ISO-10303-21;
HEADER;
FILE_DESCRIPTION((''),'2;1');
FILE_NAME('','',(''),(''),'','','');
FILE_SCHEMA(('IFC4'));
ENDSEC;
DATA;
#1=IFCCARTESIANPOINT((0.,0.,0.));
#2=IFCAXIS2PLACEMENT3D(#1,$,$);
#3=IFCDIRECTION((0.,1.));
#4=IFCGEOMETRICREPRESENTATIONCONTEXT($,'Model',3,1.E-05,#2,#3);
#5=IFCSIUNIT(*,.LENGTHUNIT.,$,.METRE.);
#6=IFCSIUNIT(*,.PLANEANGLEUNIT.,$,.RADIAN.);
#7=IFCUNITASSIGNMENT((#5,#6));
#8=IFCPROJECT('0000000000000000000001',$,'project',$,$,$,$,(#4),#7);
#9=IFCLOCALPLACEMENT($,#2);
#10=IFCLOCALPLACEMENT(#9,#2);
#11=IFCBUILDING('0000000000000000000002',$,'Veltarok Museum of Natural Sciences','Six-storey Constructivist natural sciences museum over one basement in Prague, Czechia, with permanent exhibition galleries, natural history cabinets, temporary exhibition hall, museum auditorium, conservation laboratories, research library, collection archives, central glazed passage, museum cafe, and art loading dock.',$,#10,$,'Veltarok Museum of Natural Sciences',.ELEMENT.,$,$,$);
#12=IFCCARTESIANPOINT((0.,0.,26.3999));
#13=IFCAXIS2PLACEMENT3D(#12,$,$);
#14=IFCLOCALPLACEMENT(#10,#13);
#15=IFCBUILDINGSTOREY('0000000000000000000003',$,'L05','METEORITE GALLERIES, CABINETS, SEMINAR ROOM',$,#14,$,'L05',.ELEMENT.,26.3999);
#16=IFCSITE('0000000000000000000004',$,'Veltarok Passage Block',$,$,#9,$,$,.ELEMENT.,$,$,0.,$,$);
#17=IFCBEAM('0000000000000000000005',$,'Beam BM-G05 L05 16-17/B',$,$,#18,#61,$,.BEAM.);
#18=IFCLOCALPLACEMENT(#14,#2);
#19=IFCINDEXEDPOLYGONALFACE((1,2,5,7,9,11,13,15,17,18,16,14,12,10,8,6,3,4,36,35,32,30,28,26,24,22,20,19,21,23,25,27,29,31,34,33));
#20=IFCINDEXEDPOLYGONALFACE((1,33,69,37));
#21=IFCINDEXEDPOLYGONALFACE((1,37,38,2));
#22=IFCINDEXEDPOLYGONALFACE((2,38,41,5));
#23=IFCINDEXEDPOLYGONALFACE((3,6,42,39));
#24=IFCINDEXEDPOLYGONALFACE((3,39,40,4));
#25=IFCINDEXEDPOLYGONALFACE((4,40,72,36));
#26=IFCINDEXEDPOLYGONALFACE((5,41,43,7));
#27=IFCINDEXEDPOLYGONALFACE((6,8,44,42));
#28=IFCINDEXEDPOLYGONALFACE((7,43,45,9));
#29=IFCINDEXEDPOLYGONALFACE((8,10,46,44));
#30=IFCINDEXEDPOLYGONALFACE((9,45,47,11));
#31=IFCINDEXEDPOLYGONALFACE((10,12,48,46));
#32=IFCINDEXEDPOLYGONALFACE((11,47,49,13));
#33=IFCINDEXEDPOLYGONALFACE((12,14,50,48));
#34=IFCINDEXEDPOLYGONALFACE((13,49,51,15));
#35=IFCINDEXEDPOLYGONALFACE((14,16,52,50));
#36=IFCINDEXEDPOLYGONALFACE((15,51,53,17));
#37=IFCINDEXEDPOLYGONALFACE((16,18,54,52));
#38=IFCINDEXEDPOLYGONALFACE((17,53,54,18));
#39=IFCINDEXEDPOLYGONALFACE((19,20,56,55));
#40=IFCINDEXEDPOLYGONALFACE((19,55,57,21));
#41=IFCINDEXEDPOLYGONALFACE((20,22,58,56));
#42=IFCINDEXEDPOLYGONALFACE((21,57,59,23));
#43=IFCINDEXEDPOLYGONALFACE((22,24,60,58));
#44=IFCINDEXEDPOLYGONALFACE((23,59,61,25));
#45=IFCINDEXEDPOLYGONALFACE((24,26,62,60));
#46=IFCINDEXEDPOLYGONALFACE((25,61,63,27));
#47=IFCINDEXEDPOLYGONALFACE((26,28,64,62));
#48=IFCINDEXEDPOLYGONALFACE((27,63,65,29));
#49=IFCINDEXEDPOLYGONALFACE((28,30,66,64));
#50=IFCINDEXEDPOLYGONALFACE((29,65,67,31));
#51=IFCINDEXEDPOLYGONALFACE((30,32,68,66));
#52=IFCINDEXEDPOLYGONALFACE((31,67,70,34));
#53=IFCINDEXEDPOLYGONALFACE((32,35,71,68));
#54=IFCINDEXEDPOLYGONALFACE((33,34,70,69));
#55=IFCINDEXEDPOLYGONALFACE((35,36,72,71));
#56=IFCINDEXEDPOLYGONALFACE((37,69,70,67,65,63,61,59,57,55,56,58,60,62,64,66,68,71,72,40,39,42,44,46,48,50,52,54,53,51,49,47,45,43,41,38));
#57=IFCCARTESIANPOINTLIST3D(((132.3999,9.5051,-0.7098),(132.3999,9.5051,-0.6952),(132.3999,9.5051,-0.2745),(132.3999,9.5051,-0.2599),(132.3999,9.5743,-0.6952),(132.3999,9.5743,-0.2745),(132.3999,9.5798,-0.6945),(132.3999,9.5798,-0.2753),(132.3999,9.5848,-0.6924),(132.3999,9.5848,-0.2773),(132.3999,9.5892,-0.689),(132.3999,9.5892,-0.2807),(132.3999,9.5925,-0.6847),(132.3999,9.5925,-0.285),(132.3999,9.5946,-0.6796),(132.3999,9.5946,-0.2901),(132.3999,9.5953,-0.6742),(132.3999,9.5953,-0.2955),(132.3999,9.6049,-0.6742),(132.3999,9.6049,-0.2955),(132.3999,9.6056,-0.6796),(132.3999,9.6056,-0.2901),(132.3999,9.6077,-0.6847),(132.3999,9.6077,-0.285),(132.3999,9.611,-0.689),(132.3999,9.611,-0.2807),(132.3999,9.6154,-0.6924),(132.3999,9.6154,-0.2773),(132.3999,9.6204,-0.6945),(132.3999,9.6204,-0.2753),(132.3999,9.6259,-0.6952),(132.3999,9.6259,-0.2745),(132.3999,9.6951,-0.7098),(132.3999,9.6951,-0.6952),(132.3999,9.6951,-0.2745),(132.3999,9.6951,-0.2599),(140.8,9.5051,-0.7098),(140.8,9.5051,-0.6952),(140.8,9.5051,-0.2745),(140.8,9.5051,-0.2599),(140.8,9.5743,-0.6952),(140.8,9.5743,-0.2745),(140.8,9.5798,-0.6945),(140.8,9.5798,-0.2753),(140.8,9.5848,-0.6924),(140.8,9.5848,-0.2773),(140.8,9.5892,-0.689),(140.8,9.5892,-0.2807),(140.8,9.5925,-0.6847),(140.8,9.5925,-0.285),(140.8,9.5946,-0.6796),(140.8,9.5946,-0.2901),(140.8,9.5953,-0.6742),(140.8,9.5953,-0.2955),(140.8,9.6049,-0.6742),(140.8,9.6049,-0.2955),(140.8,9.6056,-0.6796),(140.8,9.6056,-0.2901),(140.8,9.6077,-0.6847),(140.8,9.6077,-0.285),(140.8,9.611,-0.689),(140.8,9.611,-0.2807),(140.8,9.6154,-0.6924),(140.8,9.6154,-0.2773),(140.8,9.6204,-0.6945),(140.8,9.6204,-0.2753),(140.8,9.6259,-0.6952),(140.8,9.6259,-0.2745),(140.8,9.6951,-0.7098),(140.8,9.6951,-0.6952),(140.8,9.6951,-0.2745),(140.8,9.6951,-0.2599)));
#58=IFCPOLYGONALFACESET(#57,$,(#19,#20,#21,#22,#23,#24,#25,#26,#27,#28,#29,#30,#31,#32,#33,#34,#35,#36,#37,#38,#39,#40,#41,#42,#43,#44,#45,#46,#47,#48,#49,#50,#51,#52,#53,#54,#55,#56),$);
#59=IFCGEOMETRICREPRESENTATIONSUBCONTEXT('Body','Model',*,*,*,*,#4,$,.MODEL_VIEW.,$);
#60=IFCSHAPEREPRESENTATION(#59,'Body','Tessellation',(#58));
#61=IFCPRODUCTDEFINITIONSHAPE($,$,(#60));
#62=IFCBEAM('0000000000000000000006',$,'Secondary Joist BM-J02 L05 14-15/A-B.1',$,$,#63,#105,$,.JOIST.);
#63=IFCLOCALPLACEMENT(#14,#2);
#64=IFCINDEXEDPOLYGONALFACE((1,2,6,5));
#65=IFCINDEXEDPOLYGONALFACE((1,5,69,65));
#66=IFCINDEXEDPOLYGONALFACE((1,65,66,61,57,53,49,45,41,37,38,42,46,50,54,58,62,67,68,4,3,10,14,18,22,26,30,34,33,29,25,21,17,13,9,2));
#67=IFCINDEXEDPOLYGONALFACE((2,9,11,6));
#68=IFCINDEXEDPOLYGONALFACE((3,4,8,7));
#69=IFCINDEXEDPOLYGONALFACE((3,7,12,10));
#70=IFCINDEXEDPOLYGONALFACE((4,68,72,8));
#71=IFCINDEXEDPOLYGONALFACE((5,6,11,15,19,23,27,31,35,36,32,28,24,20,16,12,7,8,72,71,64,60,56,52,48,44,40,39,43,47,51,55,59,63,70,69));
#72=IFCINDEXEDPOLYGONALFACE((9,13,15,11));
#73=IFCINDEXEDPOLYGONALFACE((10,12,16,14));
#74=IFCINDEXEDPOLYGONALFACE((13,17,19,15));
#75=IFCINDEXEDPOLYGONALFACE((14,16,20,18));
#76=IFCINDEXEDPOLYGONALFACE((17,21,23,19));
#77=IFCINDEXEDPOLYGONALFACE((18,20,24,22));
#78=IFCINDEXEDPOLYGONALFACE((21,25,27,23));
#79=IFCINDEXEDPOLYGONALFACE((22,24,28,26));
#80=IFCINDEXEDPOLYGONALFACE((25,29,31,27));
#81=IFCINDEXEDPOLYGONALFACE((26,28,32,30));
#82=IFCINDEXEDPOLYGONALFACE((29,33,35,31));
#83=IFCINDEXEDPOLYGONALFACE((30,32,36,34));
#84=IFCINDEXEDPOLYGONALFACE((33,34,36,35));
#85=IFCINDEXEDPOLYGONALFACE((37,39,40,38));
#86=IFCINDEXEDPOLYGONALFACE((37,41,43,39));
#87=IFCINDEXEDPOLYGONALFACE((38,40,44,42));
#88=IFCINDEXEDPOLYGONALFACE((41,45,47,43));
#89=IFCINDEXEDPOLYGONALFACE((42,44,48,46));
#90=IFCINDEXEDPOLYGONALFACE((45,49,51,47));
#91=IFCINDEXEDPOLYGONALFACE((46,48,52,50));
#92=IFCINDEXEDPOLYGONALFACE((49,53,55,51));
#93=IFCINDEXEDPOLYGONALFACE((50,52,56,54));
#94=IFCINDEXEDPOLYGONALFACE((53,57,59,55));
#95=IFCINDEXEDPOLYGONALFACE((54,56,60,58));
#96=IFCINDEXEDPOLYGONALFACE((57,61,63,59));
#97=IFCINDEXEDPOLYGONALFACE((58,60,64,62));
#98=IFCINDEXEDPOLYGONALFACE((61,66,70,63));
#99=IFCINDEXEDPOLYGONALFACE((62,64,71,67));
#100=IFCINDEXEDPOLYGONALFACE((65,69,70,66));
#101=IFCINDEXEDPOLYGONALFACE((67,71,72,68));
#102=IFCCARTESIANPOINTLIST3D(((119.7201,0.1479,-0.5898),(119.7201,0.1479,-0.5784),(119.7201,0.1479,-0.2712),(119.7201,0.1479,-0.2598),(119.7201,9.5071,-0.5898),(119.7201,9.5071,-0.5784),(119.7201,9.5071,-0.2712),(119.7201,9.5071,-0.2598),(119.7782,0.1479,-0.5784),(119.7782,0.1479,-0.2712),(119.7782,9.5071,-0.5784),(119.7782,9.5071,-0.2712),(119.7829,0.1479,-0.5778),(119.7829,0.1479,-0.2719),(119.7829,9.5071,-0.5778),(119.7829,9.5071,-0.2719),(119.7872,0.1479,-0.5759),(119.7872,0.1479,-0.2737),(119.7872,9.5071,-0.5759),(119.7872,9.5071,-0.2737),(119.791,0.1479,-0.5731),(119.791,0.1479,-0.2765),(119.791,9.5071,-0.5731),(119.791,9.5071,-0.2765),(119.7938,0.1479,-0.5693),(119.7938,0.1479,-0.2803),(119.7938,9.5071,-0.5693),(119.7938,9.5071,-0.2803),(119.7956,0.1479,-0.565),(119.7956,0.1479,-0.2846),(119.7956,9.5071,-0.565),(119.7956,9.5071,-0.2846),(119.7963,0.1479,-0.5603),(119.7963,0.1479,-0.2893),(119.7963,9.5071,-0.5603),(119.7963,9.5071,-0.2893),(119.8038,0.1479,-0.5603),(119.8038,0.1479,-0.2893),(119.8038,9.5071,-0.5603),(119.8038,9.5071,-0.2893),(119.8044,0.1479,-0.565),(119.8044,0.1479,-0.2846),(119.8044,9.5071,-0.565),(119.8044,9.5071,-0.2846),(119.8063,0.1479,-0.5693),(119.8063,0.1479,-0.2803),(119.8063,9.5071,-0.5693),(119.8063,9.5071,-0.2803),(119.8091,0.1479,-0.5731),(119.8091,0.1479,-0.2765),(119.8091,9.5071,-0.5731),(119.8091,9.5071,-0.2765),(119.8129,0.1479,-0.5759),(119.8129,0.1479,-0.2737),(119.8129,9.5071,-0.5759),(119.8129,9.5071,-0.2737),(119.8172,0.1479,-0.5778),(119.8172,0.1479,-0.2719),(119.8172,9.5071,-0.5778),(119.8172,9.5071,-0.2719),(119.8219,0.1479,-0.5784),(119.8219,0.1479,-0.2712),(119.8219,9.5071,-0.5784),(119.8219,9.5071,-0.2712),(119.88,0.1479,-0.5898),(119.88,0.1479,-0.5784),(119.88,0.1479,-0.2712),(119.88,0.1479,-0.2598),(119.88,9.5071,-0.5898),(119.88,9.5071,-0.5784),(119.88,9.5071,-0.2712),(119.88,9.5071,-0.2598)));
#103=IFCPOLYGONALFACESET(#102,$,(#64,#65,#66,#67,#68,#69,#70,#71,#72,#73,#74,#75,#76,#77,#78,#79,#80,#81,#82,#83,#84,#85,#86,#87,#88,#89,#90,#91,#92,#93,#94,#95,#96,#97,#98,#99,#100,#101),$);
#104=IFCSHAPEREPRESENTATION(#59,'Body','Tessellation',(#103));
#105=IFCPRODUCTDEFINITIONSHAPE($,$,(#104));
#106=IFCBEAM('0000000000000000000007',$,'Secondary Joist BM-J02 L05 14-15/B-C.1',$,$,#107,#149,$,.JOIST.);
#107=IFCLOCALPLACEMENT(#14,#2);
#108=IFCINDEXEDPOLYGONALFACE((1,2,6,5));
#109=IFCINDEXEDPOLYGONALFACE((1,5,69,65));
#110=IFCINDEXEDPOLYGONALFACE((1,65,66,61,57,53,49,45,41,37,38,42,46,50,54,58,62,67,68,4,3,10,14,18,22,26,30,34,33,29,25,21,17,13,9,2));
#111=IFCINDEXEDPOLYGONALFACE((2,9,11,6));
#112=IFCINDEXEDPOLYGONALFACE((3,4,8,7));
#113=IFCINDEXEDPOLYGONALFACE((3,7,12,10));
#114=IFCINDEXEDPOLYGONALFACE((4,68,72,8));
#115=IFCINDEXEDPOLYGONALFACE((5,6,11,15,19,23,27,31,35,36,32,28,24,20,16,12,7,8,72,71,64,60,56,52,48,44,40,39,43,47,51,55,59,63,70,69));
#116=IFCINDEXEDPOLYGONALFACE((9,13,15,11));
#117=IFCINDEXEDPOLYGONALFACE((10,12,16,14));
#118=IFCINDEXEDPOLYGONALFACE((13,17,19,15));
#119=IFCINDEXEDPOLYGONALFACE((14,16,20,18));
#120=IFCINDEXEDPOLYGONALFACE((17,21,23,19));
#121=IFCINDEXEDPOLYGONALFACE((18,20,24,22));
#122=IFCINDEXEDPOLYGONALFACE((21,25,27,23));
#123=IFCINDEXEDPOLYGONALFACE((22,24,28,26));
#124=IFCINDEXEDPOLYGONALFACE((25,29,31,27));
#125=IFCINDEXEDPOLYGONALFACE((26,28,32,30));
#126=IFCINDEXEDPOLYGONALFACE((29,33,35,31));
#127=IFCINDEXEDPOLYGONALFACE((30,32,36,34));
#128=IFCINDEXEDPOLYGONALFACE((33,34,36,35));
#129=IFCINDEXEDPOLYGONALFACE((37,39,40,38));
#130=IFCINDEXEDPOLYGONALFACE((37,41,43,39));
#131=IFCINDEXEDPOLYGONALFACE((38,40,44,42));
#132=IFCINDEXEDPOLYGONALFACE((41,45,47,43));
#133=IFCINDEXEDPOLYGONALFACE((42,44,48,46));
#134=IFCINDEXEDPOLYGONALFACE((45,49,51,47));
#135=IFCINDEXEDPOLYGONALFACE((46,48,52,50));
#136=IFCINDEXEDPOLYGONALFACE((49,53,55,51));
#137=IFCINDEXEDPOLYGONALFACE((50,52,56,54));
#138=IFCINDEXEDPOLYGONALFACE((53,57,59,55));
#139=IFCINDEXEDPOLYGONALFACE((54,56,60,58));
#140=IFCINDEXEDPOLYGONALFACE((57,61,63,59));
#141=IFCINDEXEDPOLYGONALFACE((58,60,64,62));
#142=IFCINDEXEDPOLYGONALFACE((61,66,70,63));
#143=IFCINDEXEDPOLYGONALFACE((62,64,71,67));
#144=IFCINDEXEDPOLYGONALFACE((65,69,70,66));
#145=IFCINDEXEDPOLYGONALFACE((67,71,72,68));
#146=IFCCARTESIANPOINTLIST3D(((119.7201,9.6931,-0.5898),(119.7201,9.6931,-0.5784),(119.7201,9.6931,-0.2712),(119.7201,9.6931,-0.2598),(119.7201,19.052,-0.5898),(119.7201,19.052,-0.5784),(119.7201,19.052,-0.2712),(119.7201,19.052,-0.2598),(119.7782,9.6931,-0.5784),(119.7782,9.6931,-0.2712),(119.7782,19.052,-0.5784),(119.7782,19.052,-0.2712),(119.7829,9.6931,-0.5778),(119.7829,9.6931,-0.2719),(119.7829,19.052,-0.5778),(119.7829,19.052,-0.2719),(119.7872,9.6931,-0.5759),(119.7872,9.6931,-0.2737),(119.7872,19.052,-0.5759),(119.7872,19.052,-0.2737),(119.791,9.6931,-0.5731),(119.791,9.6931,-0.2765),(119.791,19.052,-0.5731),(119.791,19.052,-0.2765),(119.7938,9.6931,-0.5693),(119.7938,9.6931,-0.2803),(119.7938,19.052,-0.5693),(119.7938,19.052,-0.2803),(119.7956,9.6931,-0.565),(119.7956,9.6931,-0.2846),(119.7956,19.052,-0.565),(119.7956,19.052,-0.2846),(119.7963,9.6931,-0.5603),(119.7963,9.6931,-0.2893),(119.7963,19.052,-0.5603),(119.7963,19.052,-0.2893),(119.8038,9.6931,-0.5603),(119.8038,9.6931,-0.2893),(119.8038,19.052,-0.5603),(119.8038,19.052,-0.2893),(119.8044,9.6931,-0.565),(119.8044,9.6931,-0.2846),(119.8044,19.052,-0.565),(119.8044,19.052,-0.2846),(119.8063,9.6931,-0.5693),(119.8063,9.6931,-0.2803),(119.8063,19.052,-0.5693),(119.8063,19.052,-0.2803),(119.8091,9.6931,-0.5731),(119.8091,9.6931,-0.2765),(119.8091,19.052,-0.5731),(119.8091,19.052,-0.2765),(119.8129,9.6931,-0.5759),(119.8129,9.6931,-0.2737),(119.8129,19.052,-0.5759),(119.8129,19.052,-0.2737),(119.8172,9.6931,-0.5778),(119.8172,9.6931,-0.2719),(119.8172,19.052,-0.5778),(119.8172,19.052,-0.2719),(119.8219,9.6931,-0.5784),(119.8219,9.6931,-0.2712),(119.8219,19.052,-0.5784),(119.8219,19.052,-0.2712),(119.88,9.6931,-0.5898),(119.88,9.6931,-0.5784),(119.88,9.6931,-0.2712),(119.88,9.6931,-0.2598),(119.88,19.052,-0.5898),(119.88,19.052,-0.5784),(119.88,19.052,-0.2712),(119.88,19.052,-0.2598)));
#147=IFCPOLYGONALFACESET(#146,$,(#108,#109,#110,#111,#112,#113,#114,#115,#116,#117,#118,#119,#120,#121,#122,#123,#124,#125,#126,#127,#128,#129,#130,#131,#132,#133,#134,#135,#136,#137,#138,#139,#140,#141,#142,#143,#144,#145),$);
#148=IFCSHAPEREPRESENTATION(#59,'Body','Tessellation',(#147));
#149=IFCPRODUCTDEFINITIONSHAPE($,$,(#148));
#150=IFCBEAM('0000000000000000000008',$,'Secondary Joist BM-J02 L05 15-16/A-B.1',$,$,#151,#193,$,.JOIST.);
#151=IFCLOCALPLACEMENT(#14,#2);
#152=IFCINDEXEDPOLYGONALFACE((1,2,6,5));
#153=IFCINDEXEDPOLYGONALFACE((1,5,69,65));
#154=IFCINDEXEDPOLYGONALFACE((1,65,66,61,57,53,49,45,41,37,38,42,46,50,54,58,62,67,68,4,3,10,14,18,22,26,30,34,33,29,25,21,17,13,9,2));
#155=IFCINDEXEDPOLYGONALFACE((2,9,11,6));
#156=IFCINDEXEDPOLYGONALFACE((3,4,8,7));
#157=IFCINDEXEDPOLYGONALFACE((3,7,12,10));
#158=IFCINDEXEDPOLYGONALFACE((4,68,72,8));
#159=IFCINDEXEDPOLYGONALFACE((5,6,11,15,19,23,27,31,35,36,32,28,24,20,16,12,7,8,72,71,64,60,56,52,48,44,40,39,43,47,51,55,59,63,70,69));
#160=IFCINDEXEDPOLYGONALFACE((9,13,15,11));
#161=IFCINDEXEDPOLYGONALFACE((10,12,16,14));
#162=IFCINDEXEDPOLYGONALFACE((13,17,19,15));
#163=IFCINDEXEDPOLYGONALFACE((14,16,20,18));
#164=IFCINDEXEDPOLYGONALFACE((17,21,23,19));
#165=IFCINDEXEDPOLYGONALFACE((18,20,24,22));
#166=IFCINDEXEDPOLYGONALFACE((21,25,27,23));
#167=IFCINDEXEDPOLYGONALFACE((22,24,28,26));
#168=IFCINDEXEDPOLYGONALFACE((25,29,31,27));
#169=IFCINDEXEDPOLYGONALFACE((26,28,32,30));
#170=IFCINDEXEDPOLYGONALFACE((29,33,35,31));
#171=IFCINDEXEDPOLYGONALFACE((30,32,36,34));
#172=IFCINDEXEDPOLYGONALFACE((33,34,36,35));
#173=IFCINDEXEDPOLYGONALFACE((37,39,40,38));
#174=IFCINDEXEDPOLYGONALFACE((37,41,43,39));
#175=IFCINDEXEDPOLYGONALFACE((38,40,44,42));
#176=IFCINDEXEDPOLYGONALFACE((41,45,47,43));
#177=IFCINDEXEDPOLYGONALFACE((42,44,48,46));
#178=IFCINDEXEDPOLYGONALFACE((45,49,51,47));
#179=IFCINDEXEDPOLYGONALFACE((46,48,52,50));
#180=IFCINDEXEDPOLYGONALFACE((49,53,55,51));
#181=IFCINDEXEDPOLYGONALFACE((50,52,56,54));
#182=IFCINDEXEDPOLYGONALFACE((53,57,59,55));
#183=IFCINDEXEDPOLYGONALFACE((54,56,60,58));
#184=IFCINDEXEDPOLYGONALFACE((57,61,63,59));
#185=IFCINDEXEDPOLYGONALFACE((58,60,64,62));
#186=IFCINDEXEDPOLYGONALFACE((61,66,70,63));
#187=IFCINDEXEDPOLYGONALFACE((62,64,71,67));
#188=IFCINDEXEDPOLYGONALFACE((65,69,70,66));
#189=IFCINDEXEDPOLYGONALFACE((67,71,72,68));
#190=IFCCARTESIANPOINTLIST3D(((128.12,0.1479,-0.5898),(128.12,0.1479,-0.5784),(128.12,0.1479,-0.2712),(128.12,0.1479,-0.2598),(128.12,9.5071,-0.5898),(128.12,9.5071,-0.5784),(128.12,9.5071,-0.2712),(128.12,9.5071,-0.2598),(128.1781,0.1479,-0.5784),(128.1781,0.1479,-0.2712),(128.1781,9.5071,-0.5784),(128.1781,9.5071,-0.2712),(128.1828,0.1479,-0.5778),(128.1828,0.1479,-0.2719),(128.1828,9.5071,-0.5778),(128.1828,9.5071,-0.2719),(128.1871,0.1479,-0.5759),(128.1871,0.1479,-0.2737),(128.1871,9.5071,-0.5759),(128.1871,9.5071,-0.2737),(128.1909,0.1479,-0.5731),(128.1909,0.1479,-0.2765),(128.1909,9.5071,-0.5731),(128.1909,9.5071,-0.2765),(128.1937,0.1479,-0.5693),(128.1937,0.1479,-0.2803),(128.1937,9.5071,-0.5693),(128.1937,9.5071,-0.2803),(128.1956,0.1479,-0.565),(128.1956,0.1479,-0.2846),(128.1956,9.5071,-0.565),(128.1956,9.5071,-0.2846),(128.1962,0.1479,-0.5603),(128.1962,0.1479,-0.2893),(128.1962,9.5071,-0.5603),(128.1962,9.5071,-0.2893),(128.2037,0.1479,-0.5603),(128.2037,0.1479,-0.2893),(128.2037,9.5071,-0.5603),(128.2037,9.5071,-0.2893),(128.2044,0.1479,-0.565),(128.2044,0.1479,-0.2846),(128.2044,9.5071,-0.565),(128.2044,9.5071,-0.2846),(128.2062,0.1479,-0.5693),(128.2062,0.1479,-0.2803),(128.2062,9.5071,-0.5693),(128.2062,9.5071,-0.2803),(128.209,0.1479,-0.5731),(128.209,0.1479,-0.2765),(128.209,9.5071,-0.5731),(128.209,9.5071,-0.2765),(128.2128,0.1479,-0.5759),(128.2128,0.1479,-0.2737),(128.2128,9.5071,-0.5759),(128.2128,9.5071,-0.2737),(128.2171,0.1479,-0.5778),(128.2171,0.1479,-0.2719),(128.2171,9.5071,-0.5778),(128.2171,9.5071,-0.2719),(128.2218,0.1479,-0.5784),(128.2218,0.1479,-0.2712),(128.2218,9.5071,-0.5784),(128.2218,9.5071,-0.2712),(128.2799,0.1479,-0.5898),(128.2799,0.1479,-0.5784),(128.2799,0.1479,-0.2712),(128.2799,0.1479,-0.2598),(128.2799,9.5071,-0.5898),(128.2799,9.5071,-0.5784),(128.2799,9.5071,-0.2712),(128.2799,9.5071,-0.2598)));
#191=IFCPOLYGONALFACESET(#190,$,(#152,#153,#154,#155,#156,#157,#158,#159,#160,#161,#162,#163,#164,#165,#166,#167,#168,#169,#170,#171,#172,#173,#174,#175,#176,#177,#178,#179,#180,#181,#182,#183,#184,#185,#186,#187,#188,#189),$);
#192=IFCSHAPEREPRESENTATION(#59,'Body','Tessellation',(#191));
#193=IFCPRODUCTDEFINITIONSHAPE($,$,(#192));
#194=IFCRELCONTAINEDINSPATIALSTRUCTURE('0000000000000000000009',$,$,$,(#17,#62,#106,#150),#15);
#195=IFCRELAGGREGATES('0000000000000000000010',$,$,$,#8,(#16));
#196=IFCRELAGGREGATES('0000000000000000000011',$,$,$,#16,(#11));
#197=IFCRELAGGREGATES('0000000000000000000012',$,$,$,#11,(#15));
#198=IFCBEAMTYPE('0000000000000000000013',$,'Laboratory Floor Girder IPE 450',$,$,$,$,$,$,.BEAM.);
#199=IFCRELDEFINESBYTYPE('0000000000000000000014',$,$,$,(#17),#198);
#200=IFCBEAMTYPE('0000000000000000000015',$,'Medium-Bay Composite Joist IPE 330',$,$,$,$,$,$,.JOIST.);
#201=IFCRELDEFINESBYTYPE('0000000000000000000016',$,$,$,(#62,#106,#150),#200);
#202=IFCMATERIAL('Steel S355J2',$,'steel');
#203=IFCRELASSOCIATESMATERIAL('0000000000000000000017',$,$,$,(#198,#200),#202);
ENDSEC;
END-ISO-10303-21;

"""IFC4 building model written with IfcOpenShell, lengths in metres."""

from ifc_helpers import new_model, si_unit, direction, frame, origin, origin_2d, place, context, subcontext, project, spatial, i_section, extrude, material, material_profile, profile_set, type_object, element, save


model = new_model("IFC4")

# Units and contexts
model_context = context("Model", 3, precision=1e-05, world=origin(), true_north=direction((0.0, 1.0)))
body_context = subcontext(model_context, "Body", "Model", "MODEL_VIEW")
ifc_project = project(units=[si_unit("LENGTHUNIT", "METRE"), si_unit("PLANEANGLEUNIT", "RADIAN")], contexts=[model_context])

# Site, building, storey
site_placement = place(None, origin())
site = spatial("IfcSite", under=ifc_project, at=site_placement, Name="Veltarok Passage Block", CompositionType="ELEMENT", RefElevation=0.0)
building_placement = place(site_placement, origin())
building = spatial("IfcBuilding", under=site, at=building_placement, Name="Veltarok Museum of Natural Sciences", Description="Six-storey Constructivist natural sciences museum over one basement in Prague, Czechia, with permanent exhibition galleries, natural history cabinets, temporary exhibition hall, museum auditorium, conservation laboratories, research library, collection archives, central glazed passage, museum cafe, and art loading dock.", LongName="Veltarok Museum of Natural Sciences", CompositionType="ELEMENT")
storey_placement = place(building_placement, frame((0.0, 0.0, 26.3999)))
storey = spatial("IfcBuildingStorey", under=building, at=storey_placement, Name="L05", Description="METEORITE GALLERIES, CABINETS, SEMINAR ROOM", LongName="L05", CompositionType="ELEMENT", Elevation=26.3999)

# Beams
ifc_material_1 = material(Name="Steel S355J2", Category="steel")
ifc_material_profile_1 = material_profile(ifc_material_1, i_section(OverallWidth=0.1899, OverallDepth=0.45, WebThickness=0.0095, FlangeThickness=0.0146, FilletRadius=0.021, at=origin_2d()), Name="IPE 450")
ifc_profile_set_1 = profile_set([ifc_material_profile_1], Name="Steel S355J2")
beam_type_1 = type_object("IfcBeamType", Name="Laboratory Floor Girder IPE 450", PredefinedType="BEAM", material=ifc_profile_set_1)
beam_1_placement = place(storey_placement, frame((132.3999, 9.6001, -0.4849), z_axis=(1.0, 0.0, 0.0), x_axis=(0.0, 1.0, 0.0)))
element("IfcBeam", 1, at=beam_1_placement, inside=storey, type_object=beam_type_1, Name="Beam BM-G05 L05 16-17/B", PredefinedType="BEAM", context=body_context, shape_type="SweptSolid", body=[
    extrude(i_section(OverallWidth=0.1899, OverallDepth=0.45, WebThickness=0.0095, FlangeThickness=0.0146, FilletRadius=0.021, at=origin_2d()), origin(), (0.0, 0.0, 1.0), 8.4001),
])
ifc_material_profile_2 = material_profile(ifc_material_1, i_section(OverallWidth=0.1599, OverallDepth=0.3301, WebThickness=0.0076, FlangeThickness=0.0115, FilletRadius=0.0181, at=origin_2d()), Name="IPE 330")
ifc_profile_set_2 = profile_set([ifc_material_profile_2], Name="Steel S355J2")
beam_type_2 = type_object("IfcBeamType", Name="Medium-Bay Composite Joist IPE 330", PredefinedType="JOIST", material=ifc_profile_set_2)
beam_2_placement = place(storey_placement, frame((119.8, 0.1479, -0.4248), z_axis=(0.0, 1.0, 0.0), x_axis=(-1.0, 0.0, 0.0)))
element("IfcBeam", 2, at=beam_2_placement, inside=storey, type_object=beam_type_2, Name="Secondary Joist BM-J02 L05 14-15/A-B.1", PredefinedType="JOIST", context=body_context, shape_type="SweptSolid", body=[
    extrude(i_section(OverallWidth=0.1599, OverallDepth=0.3301, WebThickness=0.0076, FlangeThickness=0.0115, FilletRadius=0.0181, at=origin_2d()), origin(), (0.0, 0.0, 1.0), 9.3591),
])
beam_3_placement = place(storey_placement, frame((119.8, 9.6931, -0.4248), z_axis=(0.0, 1.0, 0.0), x_axis=(-1.0, 0.0, 0.0)))
element("IfcBeam", 3, at=beam_3_placement, inside=storey, type_object=beam_type_2, Name="Secondary Joist BM-J02 L05 14-15/B-C.1", PredefinedType="JOIST", context=body_context, shape_type="SweptSolid", body=[
    extrude(i_section(OverallWidth=0.1599, OverallDepth=0.3301, WebThickness=0.0076, FlangeThickness=0.0115, FilletRadius=0.0181, at=origin_2d()), origin(), (0.0, 0.0, 1.0), 9.3589),
])
beam_4_placement = place(storey_placement, frame((128.2, 0.1479, -0.4248), z_axis=(0.0, 1.0, 0.0), x_axis=(-1.0, 0.0, 0.0)))
element("IfcBeam", 4, at=beam_4_placement, inside=storey, type_object=beam_type_2, Name="Secondary Joist BM-J02 L05 15-16/A-B.1", PredefinedType="JOIST", context=body_context, shape_type="SweptSolid", body=[
    extrude(i_section(OverallWidth=0.1599, OverallDepth=0.3301, WebThickness=0.0076, FlangeThickness=0.0115, FilletRadius=0.0181, at=origin_2d()), origin(), (0.0, 0.0, 1.0), 9.3591),
])

save(model, "model.ifc")
